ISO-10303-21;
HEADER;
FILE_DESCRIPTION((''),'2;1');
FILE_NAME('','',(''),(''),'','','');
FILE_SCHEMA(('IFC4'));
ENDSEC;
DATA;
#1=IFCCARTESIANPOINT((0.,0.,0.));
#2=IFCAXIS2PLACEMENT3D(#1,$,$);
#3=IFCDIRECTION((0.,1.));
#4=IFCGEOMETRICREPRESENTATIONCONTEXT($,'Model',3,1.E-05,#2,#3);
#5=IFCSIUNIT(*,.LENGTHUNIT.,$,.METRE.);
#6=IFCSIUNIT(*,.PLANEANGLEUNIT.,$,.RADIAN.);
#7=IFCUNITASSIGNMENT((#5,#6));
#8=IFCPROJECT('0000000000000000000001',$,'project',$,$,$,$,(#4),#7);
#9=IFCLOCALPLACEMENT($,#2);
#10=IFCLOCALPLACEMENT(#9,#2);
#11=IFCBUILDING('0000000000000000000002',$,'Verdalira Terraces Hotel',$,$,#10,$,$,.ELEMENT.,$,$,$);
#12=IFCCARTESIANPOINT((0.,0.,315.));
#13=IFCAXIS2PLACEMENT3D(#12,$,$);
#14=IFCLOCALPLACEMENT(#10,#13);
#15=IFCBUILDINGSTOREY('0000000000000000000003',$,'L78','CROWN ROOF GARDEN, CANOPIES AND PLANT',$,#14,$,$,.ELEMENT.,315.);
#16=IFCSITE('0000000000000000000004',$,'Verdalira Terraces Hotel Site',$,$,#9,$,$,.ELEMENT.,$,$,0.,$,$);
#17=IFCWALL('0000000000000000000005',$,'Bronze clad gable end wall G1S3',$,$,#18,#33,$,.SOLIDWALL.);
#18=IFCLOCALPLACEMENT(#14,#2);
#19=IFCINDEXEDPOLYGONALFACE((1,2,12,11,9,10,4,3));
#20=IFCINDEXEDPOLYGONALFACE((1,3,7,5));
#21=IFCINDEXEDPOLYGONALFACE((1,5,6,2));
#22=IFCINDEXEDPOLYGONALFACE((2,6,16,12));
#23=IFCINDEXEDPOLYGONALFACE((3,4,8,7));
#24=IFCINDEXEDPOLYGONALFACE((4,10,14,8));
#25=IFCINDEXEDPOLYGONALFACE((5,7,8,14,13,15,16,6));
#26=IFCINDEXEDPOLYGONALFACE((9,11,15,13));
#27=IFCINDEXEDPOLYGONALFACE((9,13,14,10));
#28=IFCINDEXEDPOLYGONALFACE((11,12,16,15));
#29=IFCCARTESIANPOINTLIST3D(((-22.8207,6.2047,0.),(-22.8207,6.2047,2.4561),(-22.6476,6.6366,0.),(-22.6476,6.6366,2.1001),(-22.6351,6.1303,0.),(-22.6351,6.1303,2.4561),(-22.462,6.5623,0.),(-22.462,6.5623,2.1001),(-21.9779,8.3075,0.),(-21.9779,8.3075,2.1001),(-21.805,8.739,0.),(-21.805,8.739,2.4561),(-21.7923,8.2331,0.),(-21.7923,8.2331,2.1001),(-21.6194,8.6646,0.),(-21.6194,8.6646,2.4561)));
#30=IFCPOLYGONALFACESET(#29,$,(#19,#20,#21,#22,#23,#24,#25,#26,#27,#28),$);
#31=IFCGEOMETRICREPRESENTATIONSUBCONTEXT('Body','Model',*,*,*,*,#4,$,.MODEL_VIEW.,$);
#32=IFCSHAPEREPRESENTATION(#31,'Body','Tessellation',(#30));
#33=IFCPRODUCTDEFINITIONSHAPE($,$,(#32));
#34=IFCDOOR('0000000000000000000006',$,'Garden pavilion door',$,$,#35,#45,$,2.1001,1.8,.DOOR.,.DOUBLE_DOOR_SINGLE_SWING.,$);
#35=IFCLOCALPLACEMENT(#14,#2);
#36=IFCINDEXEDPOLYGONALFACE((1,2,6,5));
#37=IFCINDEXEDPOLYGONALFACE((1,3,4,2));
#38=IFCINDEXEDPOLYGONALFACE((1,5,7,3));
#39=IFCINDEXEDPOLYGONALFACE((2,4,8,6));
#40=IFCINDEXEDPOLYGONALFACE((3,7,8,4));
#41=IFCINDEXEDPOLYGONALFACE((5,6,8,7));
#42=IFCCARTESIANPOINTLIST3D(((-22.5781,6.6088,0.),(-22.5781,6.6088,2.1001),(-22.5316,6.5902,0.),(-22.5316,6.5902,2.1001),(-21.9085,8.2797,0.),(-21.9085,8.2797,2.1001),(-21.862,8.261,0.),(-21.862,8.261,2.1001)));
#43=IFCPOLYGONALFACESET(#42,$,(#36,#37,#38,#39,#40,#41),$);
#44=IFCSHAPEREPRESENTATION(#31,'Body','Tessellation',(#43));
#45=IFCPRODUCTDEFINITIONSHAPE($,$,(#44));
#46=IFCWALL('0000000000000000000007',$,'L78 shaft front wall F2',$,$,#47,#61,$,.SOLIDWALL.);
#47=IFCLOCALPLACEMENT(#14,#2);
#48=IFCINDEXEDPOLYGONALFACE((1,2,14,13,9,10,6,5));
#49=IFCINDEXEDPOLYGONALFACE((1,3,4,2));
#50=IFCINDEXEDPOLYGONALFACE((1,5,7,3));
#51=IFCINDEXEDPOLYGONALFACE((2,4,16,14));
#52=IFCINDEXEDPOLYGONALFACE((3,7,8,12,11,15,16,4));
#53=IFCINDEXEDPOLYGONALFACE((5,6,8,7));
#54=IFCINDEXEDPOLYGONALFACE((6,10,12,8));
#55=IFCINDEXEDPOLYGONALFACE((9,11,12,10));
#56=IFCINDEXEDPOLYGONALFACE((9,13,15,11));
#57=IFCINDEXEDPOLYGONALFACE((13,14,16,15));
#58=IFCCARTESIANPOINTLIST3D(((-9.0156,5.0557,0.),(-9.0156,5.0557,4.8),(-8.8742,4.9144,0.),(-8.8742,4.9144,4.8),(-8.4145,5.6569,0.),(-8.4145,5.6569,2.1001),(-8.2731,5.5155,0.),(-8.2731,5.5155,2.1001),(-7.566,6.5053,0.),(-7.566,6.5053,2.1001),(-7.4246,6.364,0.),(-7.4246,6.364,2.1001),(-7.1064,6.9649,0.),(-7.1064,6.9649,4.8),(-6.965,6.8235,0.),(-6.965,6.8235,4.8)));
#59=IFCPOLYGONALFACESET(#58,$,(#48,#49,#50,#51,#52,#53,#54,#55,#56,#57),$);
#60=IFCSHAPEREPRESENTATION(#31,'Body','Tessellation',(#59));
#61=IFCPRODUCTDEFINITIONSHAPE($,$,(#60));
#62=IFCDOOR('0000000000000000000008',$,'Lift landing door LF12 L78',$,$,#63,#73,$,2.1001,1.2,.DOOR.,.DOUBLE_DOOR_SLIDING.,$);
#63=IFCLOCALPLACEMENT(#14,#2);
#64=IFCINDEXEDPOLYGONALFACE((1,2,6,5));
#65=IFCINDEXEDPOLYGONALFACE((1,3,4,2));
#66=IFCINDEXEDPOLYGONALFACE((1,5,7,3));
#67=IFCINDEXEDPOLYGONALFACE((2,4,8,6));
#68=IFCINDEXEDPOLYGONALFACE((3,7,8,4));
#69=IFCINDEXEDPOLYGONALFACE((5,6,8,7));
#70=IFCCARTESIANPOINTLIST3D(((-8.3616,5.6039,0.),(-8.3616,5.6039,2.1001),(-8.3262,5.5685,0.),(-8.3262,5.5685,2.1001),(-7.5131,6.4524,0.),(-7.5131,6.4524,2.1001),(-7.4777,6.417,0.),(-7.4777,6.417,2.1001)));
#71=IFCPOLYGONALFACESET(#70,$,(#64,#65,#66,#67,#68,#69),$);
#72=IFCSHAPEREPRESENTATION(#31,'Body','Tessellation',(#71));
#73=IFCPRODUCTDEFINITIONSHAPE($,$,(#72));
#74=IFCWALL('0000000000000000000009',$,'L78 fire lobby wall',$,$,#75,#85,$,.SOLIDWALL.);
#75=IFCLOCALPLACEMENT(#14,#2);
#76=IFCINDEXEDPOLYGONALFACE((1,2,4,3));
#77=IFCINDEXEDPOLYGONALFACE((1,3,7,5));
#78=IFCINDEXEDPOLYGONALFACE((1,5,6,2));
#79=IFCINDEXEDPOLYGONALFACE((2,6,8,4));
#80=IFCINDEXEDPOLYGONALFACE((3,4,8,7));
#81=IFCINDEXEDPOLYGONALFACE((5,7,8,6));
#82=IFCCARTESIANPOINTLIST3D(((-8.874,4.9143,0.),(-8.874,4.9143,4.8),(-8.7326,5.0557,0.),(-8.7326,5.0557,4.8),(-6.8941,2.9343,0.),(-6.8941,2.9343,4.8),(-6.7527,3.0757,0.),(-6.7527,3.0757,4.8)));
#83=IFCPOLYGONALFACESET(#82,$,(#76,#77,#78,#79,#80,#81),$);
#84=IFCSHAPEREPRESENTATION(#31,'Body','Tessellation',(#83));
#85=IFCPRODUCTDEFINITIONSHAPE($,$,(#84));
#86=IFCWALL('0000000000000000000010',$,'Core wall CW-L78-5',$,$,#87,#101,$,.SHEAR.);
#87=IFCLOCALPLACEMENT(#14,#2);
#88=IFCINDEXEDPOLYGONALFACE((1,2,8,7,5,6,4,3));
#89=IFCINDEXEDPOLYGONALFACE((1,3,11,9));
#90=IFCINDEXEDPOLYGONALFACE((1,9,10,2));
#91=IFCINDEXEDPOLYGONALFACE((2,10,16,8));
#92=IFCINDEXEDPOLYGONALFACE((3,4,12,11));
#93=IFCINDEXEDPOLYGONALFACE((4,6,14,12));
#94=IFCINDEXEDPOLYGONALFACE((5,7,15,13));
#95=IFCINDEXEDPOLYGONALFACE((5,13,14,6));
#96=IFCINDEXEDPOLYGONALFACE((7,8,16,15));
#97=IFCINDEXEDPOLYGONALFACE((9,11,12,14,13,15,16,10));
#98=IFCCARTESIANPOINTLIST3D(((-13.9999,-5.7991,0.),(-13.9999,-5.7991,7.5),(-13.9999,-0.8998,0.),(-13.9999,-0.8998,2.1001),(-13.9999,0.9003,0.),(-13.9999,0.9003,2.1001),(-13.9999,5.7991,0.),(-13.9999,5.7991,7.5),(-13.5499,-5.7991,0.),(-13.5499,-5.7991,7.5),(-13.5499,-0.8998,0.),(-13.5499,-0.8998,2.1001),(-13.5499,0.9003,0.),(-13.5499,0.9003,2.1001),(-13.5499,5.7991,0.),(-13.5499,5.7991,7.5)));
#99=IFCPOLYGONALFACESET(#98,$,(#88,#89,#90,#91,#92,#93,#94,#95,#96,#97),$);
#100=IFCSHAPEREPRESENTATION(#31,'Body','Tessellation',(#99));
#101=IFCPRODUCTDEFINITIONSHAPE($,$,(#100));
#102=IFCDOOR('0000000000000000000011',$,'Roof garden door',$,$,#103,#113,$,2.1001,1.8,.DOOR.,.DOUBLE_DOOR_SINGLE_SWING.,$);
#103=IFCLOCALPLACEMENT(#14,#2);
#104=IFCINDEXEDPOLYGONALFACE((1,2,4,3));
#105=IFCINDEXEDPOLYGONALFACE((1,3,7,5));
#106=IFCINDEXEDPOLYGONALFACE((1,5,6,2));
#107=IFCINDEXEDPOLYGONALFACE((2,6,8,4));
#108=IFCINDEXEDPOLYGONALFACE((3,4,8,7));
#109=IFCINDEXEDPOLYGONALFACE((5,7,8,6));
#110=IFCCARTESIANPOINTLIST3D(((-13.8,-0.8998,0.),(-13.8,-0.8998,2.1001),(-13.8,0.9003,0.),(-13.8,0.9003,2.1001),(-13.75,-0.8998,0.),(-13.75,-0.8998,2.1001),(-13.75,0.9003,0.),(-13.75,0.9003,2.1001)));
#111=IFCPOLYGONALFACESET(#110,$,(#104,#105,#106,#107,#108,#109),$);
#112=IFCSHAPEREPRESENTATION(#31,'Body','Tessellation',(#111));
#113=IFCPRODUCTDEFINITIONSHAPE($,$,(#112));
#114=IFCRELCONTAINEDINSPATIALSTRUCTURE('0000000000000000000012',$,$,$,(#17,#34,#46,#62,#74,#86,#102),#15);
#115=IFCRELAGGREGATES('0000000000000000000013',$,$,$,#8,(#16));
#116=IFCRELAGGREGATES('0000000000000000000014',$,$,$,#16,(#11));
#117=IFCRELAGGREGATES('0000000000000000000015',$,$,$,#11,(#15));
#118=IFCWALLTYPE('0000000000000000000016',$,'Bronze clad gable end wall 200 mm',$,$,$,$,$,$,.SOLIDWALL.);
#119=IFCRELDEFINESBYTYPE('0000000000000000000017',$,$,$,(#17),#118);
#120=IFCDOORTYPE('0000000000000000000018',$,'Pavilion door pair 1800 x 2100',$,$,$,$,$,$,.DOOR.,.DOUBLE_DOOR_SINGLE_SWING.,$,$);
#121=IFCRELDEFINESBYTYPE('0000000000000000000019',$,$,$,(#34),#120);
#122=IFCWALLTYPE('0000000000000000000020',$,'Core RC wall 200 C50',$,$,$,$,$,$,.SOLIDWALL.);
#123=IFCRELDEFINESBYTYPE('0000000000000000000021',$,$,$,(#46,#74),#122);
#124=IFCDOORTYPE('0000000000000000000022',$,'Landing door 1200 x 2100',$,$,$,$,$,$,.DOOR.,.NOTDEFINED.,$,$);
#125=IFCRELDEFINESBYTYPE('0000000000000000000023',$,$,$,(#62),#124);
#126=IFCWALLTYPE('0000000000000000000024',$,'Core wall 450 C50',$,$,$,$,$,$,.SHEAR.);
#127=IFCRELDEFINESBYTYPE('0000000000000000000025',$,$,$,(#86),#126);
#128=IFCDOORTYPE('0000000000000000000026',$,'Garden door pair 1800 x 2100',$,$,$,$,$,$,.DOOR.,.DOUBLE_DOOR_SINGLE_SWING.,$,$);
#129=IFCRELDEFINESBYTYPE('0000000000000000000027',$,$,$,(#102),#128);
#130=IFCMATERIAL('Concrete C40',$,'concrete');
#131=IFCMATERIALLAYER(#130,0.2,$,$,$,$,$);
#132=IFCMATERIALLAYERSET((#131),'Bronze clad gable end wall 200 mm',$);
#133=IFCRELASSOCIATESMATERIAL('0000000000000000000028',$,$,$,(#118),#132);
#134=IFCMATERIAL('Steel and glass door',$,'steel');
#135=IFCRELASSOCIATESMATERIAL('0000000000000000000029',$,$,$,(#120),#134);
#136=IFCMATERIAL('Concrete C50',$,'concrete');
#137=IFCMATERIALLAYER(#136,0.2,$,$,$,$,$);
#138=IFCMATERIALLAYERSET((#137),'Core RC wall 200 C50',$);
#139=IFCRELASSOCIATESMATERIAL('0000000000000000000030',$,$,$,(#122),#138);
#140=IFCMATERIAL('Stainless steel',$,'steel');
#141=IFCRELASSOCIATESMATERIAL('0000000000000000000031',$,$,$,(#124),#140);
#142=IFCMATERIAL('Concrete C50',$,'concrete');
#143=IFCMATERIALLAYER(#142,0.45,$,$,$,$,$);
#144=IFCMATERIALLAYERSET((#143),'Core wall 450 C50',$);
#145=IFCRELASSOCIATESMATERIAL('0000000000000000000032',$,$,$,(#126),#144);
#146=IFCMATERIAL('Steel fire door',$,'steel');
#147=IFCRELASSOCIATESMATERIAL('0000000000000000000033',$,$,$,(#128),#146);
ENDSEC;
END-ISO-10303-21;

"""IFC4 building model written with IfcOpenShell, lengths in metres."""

from ifc_helpers import new_model, si_unit, direction, frame, frame_2d, origin, place, context, subcontext, project, spatial, rectangle, extrude, material, layer, layer_set, type_object, element, fill, save


model = new_model("IFC4")

# Units and contexts
model_context = context("Model", 3, precision=1e-05, world=origin(), true_north=direction((0.0, 1.0)))
body_context = subcontext(model_context, "Body", "Model", "MODEL_VIEW")
ifc_project = project(units=[si_unit("LENGTHUNIT", "METRE"), si_unit("PLANEANGLEUNIT", "RADIAN")], contexts=[model_context])

# Site, building, storey
site_placement = place(None, origin())
site = spatial("IfcSite", under=ifc_project, at=site_placement, Name="Verdalira Terraces Hotel Site", CompositionType="ELEMENT", RefElevation=0.0)
building_placement = place(site_placement, origin())
building = spatial("IfcBuilding", under=site, at=building_placement, Name="Verdalira Terraces Hotel", CompositionType="ELEMENT")
storey_placement = place(building_placement, frame((0.0, 0.0, 315.0)))
storey = spatial("IfcBuildingStorey", under=building, at=storey_placement, Name="L78", Description="CROWN ROOF GARDEN, CANOPIES AND PLANT", CompositionType="ELEMENT", Elevation=315.0)

# Walls, openings, doors
ifc_material_1 = material(Name="Concrete C40", Category="concrete")
ifc_layer_1 = layer(ifc_material_1, 0.2)
ifc_layer_set_1 = layer_set([ifc_layer_1], Name="Bronze clad gable end wall 200 mm")
wall_type_1 = type_object("IfcWallType", Name="Bronze clad gable end wall 200 mm", PredefinedType="SOLIDWALL", material=ifc_layer_set_1)
wall_1_placement = place(storey_placement, frame((-21.7122, 8.7019, 0.0), z_axis=(0.0, 0.0, 1.0), x_axis=(-0.372007, -0.92823, 0.0)))
wall_1 = element("IfcWall", 1, at=wall_1_placement, inside=storey, type_object=wall_type_1, Name="Bronze clad gable end wall G1S3", PredefinedType="SOLIDWALL", context=body_context, shape_type="SweptSolid", body=[
    extrude(rectangle(XDim=2.7302, YDim=0.2, at=frame_2d((1.3652, 0.0))), origin(), (0.0, 0.0, 1.0), 2.4561),
])
opening_1_placement = place(wall_1_placement, frame((0.4651, 0.0, 0.0)))
opening_1 = element("IfcOpeningElement", 2, at=opening_1_placement, cuts=wall_1, PredefinedType="OPENING", context=body_context, shape_type="SweptSolid", body=[
    extrude(rectangle(XDim=1.8, YDim=2.1001, at=frame_2d((0.8999, 1.05))), frame((0.0, 0.1099, 0.0), z_axis=(0.0, -1.0, 0.0), x_axis=(1.0, 0.0, 0.0)), (0.0, 0.0, 1.0), 0.22),
])
ifc_material_2 = material(Name="Steel and glass door", Category="steel")
door_type_1 = type_object("IfcDoorType", Name="Pavilion door pair 1800 x 2100", OperationType="DOUBLE_DOOR_SINGLE_SWING", PredefinedType="DOOR", material=ifc_material_2)
door_1_placement = place(opening_1_placement, origin())
door_1 = element("IfcDoor", 3, at=door_1_placement, inside=storey, type_object=door_type_1, Name="Garden pavilion door", OperationType="DOUBLE_DOOR_SINGLE_SWING", OverallHeight=2.1001, OverallWidth=1.8, PredefinedType="DOOR", context=body_context, shape_type="SweptSolid", body=[
    extrude(rectangle(XDim=1.8, YDim=2.1001, at=frame_2d((0.8999, 1.05))), frame((0.0, 0.0249, 0.0), z_axis=(0.0, -1.0, 0.0), x_axis=(1.0, 0.0, 0.0)), (0.0, 0.0, 1.0), 0.05),
])
fill(opening_1, door_1)
ifc_material_3 = material(Name="Concrete C50", Category="concrete")
ifc_layer_2 = layer(ifc_material_3, 0.2)
ifc_layer_set_2 = layer_set([ifc_layer_2], Name="Core RC wall 200 C50")
wall_type_2 = type_object("IfcWallType", Name="Core RC wall 200 C50", PredefinedType="SOLIDWALL", material=ifc_layer_set_2)
wall_2_placement = place(storey_placement, frame((-7.0356, 6.8943, 0.0), z_axis=(0.0, 0.0, 1.0), x_axis=(-0.707107, -0.707107, 0.0)))
wall_2 = element("IfcWall", 4, at=wall_2_placement, inside=storey, type_object=wall_type_2, Name="L78 shaft front wall F2", PredefinedType="SOLIDWALL", context=body_context, shape_type="SweptSolid", body=[
    extrude(rectangle(XDim=2.7, YDim=0.2, at=frame_2d((1.3501, 0.0))), origin(), (0.0, 0.0, 1.0), 4.8),
])
opening_2_placement = place(wall_2_placement, frame((0.6499, 0.0, 0.0)))
opening_2 = element("IfcOpeningElement", 5, at=opening_2_placement, cuts=wall_2, PredefinedType="OPENING", context=body_context, shape_type="SweptSolid", body=[
    extrude(rectangle(XDim=1.2, YDim=2.1001, at=frame_2d((0.6001, 1.05))), frame((0.0, 0.1099, 0.0), z_axis=(0.0, -1.0, 0.0), x_axis=(1.0, 0.0, 0.0)), (0.0, 0.0, 1.0), 0.22),
])
ifc_material_4 = material(Name="Stainless steel", Category="steel")
door_type_2 = type_object("IfcDoorType", Name="Landing door 1200 x 2100", OperationType="NOTDEFINED", PredefinedType="DOOR", material=ifc_material_4)
door_2_placement = place(opening_2_placement, origin())
door_2 = element("IfcDoor", 6, at=door_2_placement, inside=storey, type_object=door_type_2, Name="Lift landing door LF12 L78", OperationType="DOUBLE_DOOR_SLIDING", OverallHeight=2.1001, OverallWidth=1.2, PredefinedType="DOOR", context=body_context, shape_type="SweptSolid", body=[
    extrude(rectangle(XDim=1.2, YDim=2.1001, at=frame_2d((0.6001, 1.05))), frame((0.0, 0.0249, 0.0), z_axis=(0.0, -1.0, 0.0), x_axis=(1.0, 0.0, 0.0)), (0.0, 0.0, 1.0), 0.05),
])
fill(opening_2, door_2)

# Wall
wall_3_placement = place(storey_placement, frame((-6.8235, 3.0051, 0.0), z_axis=(0.0, 0.0, 1.0), x_axis=(-0.707107, 0.707107, 0.0)))
element("IfcWall", 7, at=wall_3_placement, inside=storey, type_object=wall_type_2, Name="L78 fire lobby wall", PredefinedType="SOLIDWALL", context=body_context, shape_type="SweptSolid", body=[
    extrude(rectangle(XDim=2.8, YDim=0.2, at=frame_2d((1.3999, 0.0))), origin(), (0.0, 0.0, 1.0), 4.8),
])

# Wall, opening, door
ifc_material_5 = material(Name="Concrete C50", Category="concrete")
ifc_layer_3 = layer(ifc_material_5, 0.45)
ifc_layer_set_3 = layer_set([ifc_layer_3], Name="Core wall 450 C50")
wall_type_3 = type_object("IfcWallType", Name="Core wall 450 C50", PredefinedType="SHEAR", material=ifc_layer_set_3)
wall_4_placement = place(storey_placement, frame((-13.7749, 5.7991, 0.0), z_axis=(0.0, 0.0, 1.0), x_axis=(0.0, -1.0, 0.0)))
wall_4 = element("IfcWall", 8, at=wall_4_placement, inside=storey, type_object=wall_type_3, Name="Core wall CW-L78-5", PredefinedType="SHEAR", context=body_context, shape_type="SweptSolid", body=[
    extrude(rectangle(XDim=11.5981, YDim=0.45, at=frame_2d((5.7991, 0.0))), origin(), (0.0, 0.0, 1.0), 7.5),
])
opening_3_placement = place(wall_4_placement, frame((4.8989, 0.0, 0.0)))
opening_3 = element("IfcOpeningElement", 9, at=opening_3_placement, cuts=wall_4, PredefinedType="OPENING", context=body_context, shape_type="SweptSolid", body=[
    extrude(rectangle(XDim=1.8, YDim=2.1001, at=frame_2d((0.8999, 1.05))), frame((0.0, 0.2349, 0.0), z_axis=(0.0, -1.0, 0.0), x_axis=(1.0, 0.0, 0.0)), (0.0, 0.0, 1.0), 0.47),
])
ifc_material_6 = material(Name="Steel fire door", Category="steel")
door_type_3 = type_object("IfcDoorType", Name="Garden door pair 1800 x 2100", OperationType="DOUBLE_DOOR_SINGLE_SWING", PredefinedType="DOOR", material=ifc_material_6)
door_3_placement = place(opening_3_placement, origin())
door_3 = element("IfcDoor", 10, at=door_3_placement, inside=storey, type_object=door_type_3, Name="Roof garden door", OperationType="DOUBLE_DOOR_SINGLE_SWING", OverallHeight=2.1001, OverallWidth=1.8, PredefinedType="DOOR", context=body_context, shape_type="SweptSolid", body=[
    extrude(rectangle(XDim=1.8, YDim=2.1001, at=frame_2d((0.8999, 1.05))), frame((0.0, 0.0249, 0.0), z_axis=(0.0, -1.0, 0.0), x_axis=(1.0, 0.0, 0.0)), (0.0, 0.0, 1.0), 0.05),
])
fill(opening_3, door_3)

save(model, "model.ifc")
